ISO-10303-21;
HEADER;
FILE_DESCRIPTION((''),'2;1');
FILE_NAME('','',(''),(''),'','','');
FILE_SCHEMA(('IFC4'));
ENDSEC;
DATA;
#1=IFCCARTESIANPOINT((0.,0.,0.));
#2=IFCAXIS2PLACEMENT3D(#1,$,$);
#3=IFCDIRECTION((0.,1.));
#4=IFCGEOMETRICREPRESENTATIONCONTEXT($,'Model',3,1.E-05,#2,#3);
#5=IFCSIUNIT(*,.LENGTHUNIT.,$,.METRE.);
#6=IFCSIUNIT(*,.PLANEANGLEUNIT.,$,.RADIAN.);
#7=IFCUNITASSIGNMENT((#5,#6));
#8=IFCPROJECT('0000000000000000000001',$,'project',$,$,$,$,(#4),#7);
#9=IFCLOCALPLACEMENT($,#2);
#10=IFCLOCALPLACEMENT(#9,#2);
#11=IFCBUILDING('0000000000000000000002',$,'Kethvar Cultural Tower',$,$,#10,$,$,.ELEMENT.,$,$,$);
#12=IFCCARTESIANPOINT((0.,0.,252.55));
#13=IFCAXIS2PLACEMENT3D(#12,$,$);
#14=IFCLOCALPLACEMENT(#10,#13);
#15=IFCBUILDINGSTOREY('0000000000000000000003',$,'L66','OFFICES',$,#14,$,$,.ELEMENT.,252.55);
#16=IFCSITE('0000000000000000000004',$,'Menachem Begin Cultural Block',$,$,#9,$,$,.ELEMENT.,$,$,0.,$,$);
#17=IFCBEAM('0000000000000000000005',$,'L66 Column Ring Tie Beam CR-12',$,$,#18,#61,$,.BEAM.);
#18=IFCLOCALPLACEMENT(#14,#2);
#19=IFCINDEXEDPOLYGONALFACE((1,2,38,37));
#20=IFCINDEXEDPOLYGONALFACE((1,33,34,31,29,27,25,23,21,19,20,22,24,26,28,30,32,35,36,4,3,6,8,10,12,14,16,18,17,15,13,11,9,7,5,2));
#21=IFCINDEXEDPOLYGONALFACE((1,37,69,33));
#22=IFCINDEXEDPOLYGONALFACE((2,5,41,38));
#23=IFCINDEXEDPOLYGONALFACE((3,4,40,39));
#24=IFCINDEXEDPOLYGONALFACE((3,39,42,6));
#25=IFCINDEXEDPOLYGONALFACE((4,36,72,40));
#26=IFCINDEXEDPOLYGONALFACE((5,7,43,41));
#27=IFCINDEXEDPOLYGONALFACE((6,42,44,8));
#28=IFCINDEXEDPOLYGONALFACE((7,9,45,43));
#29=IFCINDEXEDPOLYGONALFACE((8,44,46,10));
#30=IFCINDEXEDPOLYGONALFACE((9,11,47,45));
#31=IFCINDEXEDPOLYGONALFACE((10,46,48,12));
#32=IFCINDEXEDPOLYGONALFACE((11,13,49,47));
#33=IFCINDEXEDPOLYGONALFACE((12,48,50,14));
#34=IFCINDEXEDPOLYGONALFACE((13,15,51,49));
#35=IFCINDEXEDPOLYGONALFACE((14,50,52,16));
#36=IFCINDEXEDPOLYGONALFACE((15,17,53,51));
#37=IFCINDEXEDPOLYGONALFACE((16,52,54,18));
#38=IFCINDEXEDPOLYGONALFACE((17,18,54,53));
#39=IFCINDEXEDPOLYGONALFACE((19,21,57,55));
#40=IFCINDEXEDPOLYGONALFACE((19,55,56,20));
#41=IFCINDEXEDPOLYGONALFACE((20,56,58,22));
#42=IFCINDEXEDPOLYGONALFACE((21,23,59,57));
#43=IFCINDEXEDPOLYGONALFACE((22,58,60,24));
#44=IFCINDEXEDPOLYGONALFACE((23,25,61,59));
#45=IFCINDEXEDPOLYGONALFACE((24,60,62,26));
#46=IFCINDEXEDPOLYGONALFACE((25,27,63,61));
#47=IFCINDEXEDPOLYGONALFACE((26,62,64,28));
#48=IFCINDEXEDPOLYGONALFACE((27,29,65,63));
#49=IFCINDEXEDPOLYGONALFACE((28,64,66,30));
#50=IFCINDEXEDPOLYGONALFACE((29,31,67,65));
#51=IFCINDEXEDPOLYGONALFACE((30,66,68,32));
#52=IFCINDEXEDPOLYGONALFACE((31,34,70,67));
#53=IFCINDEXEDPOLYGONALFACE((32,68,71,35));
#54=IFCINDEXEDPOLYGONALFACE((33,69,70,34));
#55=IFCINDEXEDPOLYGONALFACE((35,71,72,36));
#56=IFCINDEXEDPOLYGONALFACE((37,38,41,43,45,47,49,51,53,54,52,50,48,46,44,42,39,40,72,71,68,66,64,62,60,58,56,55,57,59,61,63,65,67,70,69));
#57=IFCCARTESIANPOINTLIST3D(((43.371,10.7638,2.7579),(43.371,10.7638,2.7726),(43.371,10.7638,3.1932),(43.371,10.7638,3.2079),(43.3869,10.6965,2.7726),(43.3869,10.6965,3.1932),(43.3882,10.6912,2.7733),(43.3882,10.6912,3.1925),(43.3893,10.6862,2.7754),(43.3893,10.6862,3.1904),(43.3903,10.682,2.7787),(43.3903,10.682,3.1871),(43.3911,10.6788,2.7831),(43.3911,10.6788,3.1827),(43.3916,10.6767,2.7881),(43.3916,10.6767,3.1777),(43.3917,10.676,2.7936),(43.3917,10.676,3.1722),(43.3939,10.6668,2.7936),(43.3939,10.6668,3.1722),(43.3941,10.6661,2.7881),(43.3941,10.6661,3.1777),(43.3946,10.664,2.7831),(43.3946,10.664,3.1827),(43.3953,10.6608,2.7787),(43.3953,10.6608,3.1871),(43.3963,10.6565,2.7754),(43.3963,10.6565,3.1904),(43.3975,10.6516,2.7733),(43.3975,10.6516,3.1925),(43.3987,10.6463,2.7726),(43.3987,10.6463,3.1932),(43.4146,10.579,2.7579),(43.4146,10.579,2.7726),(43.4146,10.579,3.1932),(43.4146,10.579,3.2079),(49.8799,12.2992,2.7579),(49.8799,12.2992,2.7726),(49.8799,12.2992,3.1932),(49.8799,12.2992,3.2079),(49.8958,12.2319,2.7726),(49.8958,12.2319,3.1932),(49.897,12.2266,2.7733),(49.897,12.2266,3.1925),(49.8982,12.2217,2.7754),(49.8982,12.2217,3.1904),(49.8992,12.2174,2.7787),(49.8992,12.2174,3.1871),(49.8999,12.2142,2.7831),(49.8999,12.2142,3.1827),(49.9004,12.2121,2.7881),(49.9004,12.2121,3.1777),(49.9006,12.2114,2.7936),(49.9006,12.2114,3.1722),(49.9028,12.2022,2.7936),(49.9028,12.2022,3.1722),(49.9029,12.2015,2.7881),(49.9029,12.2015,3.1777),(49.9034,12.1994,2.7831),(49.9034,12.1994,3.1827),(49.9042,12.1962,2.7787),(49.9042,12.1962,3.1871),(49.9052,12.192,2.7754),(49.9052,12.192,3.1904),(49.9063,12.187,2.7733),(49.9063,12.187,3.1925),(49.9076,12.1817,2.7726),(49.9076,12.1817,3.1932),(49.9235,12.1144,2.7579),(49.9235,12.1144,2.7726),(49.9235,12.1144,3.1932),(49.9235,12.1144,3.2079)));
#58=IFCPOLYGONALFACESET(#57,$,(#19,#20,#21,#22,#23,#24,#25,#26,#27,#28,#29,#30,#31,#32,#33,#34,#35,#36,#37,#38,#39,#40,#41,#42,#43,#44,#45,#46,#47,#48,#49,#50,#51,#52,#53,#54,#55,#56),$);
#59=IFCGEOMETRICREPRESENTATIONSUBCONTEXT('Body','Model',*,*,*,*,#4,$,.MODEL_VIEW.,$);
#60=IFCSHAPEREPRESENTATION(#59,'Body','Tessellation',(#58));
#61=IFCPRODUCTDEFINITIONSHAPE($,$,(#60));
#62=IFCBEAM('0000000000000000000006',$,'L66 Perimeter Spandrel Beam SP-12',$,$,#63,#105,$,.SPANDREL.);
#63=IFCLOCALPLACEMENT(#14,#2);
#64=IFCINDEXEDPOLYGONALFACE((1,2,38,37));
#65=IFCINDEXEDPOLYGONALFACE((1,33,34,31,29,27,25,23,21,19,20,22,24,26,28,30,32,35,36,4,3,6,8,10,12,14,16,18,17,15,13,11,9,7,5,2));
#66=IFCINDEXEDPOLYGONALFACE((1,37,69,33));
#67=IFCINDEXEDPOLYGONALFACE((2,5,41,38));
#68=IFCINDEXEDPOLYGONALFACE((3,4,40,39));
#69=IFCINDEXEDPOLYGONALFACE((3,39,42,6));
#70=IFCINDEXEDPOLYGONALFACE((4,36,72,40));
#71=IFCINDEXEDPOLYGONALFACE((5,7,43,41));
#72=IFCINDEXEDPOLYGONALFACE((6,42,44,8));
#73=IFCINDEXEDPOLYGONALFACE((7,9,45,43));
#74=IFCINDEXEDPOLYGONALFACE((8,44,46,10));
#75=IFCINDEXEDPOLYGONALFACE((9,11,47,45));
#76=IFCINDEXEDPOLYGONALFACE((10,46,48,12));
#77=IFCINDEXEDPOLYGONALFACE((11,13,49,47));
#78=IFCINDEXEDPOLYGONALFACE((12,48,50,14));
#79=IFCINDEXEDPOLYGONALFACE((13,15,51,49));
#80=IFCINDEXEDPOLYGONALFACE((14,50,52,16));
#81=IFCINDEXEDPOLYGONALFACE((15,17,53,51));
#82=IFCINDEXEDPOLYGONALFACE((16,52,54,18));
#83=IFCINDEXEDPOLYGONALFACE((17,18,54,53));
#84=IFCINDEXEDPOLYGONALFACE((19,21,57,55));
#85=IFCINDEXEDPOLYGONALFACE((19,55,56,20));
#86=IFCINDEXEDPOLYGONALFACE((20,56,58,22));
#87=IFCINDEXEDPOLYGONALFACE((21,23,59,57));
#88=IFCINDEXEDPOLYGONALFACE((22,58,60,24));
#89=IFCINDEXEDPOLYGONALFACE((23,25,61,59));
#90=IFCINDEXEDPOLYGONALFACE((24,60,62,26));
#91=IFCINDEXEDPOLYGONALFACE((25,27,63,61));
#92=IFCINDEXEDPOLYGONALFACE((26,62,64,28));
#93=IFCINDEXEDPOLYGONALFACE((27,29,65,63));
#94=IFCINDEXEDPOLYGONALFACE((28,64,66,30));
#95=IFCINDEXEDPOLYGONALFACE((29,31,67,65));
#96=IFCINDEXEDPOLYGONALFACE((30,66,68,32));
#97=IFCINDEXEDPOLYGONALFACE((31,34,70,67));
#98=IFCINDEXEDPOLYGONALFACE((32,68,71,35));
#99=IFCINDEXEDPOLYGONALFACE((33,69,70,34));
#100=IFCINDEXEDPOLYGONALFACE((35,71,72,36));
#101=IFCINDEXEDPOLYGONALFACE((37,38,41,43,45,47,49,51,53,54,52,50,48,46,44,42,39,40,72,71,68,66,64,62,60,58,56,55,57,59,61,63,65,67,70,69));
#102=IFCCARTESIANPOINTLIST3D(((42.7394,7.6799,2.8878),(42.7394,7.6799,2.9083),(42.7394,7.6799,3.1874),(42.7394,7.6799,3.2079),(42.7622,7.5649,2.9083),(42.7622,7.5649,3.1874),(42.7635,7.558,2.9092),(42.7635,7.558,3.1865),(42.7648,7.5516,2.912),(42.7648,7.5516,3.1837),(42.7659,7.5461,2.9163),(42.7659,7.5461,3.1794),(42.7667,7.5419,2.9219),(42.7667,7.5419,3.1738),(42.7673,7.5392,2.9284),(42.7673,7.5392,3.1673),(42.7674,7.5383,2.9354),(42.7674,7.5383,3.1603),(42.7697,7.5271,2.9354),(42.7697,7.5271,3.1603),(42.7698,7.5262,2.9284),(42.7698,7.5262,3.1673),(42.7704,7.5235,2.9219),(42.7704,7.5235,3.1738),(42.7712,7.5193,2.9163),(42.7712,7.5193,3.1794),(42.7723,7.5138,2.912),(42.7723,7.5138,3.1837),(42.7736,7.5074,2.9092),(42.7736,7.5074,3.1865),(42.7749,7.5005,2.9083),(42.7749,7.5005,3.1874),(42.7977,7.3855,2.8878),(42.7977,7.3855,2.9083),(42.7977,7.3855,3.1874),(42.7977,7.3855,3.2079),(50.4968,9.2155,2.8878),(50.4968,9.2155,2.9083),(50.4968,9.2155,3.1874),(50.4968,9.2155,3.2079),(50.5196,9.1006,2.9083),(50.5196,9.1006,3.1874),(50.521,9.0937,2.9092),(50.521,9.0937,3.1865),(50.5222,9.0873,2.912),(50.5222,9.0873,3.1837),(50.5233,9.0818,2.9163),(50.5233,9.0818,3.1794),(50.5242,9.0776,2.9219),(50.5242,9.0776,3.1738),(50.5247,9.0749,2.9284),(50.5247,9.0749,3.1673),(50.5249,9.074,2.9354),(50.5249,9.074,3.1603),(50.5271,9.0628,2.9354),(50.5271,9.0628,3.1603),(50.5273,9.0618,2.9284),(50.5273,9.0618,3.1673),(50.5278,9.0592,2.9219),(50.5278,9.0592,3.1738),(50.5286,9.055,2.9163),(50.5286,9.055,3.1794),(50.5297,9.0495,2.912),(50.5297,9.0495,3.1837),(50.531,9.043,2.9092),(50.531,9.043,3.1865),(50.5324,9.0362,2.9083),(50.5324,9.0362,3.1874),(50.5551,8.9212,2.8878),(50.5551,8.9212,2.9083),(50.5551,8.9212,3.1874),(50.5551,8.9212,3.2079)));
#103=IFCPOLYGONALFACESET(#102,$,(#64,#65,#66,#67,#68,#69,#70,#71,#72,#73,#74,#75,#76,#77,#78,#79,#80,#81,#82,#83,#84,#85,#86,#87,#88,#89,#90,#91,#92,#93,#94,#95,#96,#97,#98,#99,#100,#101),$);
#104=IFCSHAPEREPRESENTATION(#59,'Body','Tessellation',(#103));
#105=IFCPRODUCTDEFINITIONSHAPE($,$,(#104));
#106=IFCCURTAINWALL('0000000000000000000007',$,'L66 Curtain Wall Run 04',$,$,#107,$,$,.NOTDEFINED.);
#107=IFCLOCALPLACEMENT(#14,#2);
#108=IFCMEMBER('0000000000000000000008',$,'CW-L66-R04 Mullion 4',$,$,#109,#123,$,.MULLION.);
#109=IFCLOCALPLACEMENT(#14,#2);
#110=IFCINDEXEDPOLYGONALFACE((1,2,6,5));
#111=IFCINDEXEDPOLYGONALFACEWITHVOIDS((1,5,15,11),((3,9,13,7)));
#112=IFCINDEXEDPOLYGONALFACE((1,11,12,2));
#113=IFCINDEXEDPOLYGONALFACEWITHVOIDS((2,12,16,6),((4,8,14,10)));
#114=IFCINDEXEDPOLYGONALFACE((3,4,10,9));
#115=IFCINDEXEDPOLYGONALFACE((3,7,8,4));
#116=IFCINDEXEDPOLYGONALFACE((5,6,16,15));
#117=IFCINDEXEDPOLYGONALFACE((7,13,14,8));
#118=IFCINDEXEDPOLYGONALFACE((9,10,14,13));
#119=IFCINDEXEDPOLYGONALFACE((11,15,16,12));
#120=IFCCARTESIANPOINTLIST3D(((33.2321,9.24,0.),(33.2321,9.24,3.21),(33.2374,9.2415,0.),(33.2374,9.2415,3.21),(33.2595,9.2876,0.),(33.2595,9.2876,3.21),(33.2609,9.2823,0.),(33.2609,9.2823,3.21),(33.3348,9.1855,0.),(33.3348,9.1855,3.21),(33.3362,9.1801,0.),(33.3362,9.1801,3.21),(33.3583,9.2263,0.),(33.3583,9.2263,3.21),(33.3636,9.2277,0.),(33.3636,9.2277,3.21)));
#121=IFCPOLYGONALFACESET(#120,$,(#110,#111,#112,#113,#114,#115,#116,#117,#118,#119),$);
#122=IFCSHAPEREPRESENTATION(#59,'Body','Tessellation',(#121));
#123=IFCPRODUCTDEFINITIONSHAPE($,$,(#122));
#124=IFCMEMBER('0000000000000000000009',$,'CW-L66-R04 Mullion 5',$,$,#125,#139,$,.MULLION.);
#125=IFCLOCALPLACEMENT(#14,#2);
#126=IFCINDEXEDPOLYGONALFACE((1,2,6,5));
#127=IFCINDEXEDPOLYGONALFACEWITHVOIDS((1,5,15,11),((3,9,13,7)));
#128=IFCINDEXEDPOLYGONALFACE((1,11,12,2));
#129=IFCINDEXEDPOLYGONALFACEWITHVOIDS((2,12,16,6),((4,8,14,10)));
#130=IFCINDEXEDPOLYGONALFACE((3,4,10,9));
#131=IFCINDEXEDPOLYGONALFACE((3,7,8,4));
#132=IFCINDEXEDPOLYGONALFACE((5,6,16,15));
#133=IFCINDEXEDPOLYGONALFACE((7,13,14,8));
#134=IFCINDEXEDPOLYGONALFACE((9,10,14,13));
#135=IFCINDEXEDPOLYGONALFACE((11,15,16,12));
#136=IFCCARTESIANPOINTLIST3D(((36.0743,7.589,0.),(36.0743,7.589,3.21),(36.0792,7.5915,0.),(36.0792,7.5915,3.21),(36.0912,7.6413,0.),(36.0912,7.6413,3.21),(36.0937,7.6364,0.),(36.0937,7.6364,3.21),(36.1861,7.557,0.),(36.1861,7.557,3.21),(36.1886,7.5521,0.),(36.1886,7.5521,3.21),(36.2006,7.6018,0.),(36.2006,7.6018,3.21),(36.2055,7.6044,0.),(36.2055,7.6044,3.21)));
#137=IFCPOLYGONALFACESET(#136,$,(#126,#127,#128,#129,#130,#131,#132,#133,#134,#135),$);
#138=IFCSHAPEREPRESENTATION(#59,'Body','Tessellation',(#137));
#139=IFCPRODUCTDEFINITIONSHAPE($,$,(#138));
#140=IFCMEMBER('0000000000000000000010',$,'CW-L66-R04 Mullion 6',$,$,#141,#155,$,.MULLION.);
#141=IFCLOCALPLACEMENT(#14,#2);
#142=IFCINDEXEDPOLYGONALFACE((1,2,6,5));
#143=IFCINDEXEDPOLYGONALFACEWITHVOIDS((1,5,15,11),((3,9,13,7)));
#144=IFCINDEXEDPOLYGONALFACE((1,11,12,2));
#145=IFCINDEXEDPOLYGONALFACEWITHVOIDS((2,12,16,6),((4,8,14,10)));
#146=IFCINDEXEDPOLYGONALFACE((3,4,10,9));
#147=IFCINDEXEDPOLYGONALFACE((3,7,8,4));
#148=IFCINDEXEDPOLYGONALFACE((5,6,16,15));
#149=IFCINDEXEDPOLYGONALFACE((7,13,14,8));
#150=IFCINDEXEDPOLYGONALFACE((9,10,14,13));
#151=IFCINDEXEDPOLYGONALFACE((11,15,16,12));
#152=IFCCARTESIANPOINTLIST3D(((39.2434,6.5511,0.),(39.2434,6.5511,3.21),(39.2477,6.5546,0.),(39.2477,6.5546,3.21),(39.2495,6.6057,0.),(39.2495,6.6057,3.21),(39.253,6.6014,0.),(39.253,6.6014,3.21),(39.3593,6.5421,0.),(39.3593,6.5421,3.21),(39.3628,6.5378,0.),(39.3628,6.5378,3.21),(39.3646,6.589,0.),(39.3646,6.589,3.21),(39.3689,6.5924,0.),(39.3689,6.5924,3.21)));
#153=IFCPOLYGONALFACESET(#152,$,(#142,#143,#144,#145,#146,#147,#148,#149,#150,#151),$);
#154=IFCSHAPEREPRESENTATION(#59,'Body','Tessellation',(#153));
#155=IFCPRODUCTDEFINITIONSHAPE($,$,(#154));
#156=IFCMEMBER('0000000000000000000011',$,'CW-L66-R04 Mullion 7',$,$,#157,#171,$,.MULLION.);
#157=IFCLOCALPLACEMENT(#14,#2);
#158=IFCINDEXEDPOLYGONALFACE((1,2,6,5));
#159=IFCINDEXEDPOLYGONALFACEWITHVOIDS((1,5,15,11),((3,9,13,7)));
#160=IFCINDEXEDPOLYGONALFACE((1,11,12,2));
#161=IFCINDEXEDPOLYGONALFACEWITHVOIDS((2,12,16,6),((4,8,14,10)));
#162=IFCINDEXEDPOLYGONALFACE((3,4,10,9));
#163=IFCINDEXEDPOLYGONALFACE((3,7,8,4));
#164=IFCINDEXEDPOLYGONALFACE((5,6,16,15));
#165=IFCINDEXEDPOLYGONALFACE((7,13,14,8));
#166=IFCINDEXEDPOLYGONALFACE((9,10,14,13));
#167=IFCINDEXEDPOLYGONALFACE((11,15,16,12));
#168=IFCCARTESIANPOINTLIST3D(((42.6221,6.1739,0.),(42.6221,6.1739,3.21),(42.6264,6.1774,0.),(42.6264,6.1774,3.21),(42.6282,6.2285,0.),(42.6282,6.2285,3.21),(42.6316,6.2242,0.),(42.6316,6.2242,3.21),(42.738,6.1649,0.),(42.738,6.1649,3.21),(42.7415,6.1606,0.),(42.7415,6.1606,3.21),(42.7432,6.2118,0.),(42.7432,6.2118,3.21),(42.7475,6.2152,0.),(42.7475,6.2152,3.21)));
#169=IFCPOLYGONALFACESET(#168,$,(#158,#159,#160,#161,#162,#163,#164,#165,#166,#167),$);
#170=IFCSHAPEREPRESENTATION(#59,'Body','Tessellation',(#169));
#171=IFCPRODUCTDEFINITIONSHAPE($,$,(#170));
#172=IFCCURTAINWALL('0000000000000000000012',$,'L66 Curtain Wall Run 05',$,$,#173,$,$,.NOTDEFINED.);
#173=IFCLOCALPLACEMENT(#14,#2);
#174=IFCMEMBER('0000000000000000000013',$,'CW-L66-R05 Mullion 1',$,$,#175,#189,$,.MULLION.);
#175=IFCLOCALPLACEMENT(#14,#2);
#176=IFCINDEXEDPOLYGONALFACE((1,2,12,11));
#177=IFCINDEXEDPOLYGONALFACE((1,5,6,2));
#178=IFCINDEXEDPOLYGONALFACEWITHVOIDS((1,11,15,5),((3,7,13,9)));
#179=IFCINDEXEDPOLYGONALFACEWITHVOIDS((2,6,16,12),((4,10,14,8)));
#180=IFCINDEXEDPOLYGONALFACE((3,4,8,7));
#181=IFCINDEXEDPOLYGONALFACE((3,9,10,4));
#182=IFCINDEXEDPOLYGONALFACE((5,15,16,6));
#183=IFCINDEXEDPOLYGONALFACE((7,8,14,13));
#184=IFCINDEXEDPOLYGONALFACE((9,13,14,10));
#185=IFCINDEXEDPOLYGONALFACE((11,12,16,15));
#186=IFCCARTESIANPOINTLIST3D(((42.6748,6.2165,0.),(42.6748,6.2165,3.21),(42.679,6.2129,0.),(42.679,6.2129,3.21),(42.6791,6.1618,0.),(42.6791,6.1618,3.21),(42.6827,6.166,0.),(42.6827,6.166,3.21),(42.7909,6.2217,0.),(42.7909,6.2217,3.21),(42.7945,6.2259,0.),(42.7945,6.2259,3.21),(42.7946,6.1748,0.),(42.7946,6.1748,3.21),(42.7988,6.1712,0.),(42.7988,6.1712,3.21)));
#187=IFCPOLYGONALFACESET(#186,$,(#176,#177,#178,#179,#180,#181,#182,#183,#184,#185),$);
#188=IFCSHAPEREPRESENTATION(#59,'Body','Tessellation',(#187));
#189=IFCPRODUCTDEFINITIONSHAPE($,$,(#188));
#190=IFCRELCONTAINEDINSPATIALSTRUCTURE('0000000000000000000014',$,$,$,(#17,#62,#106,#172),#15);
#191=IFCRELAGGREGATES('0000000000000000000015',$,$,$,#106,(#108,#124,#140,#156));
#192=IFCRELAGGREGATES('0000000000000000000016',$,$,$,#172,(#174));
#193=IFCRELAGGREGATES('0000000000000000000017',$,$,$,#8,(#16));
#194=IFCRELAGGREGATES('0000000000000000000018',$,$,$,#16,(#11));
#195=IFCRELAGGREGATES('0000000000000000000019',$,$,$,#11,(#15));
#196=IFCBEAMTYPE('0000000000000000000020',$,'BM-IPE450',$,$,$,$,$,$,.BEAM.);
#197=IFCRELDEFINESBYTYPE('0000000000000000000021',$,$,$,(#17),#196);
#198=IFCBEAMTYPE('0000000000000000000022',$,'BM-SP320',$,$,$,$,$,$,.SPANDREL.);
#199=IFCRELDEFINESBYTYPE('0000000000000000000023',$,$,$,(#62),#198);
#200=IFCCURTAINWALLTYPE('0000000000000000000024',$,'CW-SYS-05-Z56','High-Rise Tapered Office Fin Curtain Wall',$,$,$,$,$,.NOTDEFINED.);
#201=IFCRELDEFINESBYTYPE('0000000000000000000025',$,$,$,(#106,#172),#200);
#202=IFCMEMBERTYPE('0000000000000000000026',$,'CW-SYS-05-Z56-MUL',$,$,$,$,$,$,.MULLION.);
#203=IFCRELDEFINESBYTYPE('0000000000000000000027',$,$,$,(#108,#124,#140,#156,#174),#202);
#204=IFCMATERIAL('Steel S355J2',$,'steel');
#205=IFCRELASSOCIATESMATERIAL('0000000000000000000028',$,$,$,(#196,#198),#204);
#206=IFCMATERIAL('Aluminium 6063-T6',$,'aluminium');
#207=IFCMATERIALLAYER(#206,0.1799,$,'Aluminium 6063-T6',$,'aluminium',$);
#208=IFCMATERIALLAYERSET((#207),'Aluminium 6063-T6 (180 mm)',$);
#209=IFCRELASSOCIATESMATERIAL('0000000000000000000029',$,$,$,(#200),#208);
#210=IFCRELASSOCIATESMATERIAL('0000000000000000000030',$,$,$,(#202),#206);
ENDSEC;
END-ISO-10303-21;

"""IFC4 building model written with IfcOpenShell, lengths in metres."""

from ifc_helpers import new_model, si_unit, direction, frame, origin, origin_2d, place, context, subcontext, project, spatial, hollow_rectangle, i_section, extrude, source, transform, mapped, material, layer, layer_set, material_profile, profile_set, type_object, element, aggregate, save


model = new_model("IFC4")

# Units and contexts
model_context = context("Model", 3, precision=1e-05, world=origin(), true_north=direction((0.0, 1.0)))
body_context = subcontext(model_context, "Body", "Model", "MODEL_VIEW")
ifc_project = project(units=[si_unit("LENGTHUNIT", "METRE"), si_unit("PLANEANGLEUNIT", "RADIAN")], contexts=[model_context])

# Site, building, storey
site_placement = place(None, origin())
site = spatial("IfcSite", under=ifc_project, at=site_placement, Name="Menachem Begin Cultural Block", CompositionType="ELEMENT", RefElevation=0.0)
building_placement = place(site_placement, origin())
building = spatial("IfcBuilding", under=site, at=building_placement, Name="Kethvar Cultural Tower", CompositionType="ELEMENT")
storey_placement = place(building_placement, frame((0.0, 0.0, 252.55)))
storey = spatial("IfcBuildingStorey", under=building, at=storey_placement, Name="L66", Description="OFFICES", CompositionType="ELEMENT", Elevation=252.55)

# Beams
ifc_material_1 = material(Name="Steel S355J2", Category="steel")
ifc_material_profile_1 = material_profile(ifc_material_1, i_section(OverallWidth=0.1899, OverallDepth=0.45, WebThickness=0.0095, FlangeThickness=0.0146, FilletRadius=0.021, at=origin_2d()), Name="Steel S355J2 — IPE450")
ifc_profile_set_1 = profile_set([ifc_material_profile_1], Name="Steel S355J2 — IPE450")
beam_type_1 = type_object("IfcBeamType", Name="BM-IPE450", PredefinedType="BEAM", material=ifc_profile_set_1)
ifc_material_profile_2 = material_profile(ifc_material_1, i_section(OverallWidth=0.3, OverallDepth=0.3201, WebThickness=0.0115, FlangeThickness=0.0205, FilletRadius=0.0271, at=origin_2d()), Name="Steel S355J2 — HEB320")
ifc_profile_set_2 = profile_set([ifc_material_profile_2], Name="Steel S355J2 — HEB320")
beam_type_2 = type_object("IfcBeamType", Name="BM-SP320", PredefinedType="SPANDREL", material=ifc_profile_set_2)
shared_shape_1 = source(origin(), body_context, "Body", "SweptSolid", [
    extrude(i_section(OverallWidth=0.1899, OverallDepth=0.45, WebThickness=0.0095, FlangeThickness=0.0146, FilletRadius=0.021, at=origin_2d()), origin(), (0.0, 0.0, 1.0), 6.6875),
])
beam_1_placement = place(storey_placement, frame((43.3928, 10.6714, 2.9829), z_axis=(0.973286, 0.229595, 0.0), x_axis=(-0.229595, 0.973286, 0.0)))
element("IfcBeam", 1, at=beam_1_placement, inside=storey, type_object=beam_type_1, Name="L66 Column Ring Tie Beam CR-12", PredefinedType="BEAM", context=body_context, shape_type="MappedRepresentation", body=[
    mapped(shared_shape_1, transform((0.0, 0.0, 0.0), scale=1.0)),
])
shared_shape_2 = source(origin(), body_context, "Body", "SweptSolid", [
    extrude(i_section(OverallWidth=0.3, OverallDepth=0.3201, WebThickness=0.0115, FlangeThickness=0.0205, FilletRadius=0.0271, at=origin_2d()), origin(), (0.0, 0.0, 1.0), 7.908),
])
beam_2_placement = place(storey_placement, frame((42.7686, 7.5327, 3.0479), z_axis=(0.980964, 0.194192, 0.0), x_axis=(-0.194192, 0.980964, 0.0)))
element("IfcBeam", 2, at=beam_2_placement, inside=storey, type_object=beam_type_2, Name="L66 Perimeter Spandrel Beam SP-12", PredefinedType="SPANDREL", context=body_context, shape_type="MappedRepresentation", body=[
    mapped(shared_shape_2, transform((0.0, 0.0, 0.0), scale=1.0)),
])

# Curtain wall, members
ifc_material_2 = material(Name="Aluminium 6063-T6", Category="aluminium")
ifc_layer_1 = layer(ifc_material_2, 0.1799, Name="Aluminium 6063-T6", Category="aluminium")
ifc_layer_set_1 = layer_set([ifc_layer_1], Name="Aluminium 6063-T6 (180 mm)")
curtain_wall_type = type_object("IfcCurtainWallType", Name="CW-SYS-05-Z56", Description="High-Rise Tapered Office Fin Curtain Wall", PredefinedType="NOTDEFINED", material=ifc_layer_set_1)
curtain_wall_1_placement = place(storey_placement, origin())
curtain_wall_1 = element("IfcCurtainWall", 3, at=curtain_wall_1_placement, inside=storey, type_object=curtain_wall_type, Name="L66 Curtain Wall Run 04", PredefinedType="NOTDEFINED")
ifc_material_profile_3 = material_profile(ifc_material_2, hollow_rectangle(XDim=0.0549, YDim=0.1201, WallThickness=0.0039, at=origin_2d()), Name="Aluminium 6063-T6 — RHS120x55x4")
ifc_profile_set_3 = profile_set([ifc_material_profile_3], Name="Aluminium 6063-T6 — RHS120x55x4")
member_type_1 = type_object("IfcMemberType", Name="CW-SYS-05-Z56-MUL", PredefinedType="MULLION", material=ifc_profile_set_3)
shared_shape_3 = source(origin(), body_context, "Body", "SweptSolid", [
    extrude(hollow_rectangle(XDim=0.0549, YDim=0.1201, WallThickness=0.0039, at=origin_2d()), origin(), (0.0, 0.0, 1.0), 3.21),
])
member_1_placement = place(storey_placement, frame((33.2979, 9.2339, 0.0), z_axis=(0.0, 0.0, 1.0), x_axis=(0.498624, 0.866818, 0.0)))
member_1 = element("IfcMember", 4, at=member_1_placement, type_object=member_type_1, Name="CW-L66-R04 Mullion 4", PredefinedType="MULLION", context=body_context, shape_type="MappedRepresentation", body=[
    mapped(shared_shape_3, transform((0.0, 0.0, 0.0), scale=1.0)),
])
member_2_placement = place(storey_placement, frame((36.1399, 7.5967, 0.0), z_axis=(0.0, 0.0, 1.0), x_axis=(0.30734, 0.9516, 0.0)))
member_2 = element("IfcMember", 5, at=member_2_placement, type_object=member_type_1, Name="CW-L66-R04 Mullion 5", PredefinedType="MULLION", context=body_context, shape_type="MappedRepresentation", body=[
    mapped(shared_shape_3, transform((0.0, 0.0, 0.0), scale=1.0)),
])
member_3_placement = place(storey_placement, frame((39.3062, 6.5718, 0.0), z_axis=(0.0, 0.0, 1.0), x_axis=(0.110914, 0.99383, 0.0)))
member_3 = element("IfcMember", 6, at=member_3_placement, type_object=member_type_1, Name="CW-L66-R04 Mullion 6", PredefinedType="MULLION", context=body_context, shape_type="MappedRepresentation", body=[
    mapped(shared_shape_3, transform((0.0, 0.0, 0.0), scale=1.0)),
])
member_4_placement = place(storey_placement, frame((42.6848, 6.1946, 0.0), z_axis=(0.0, 0.0, 1.0), x_axis=(0.110914, 0.99383, 0.0)))
member_4 = element("IfcMember", 7, at=member_4_placement, type_object=member_type_1, Name="CW-L66-R04 Mullion 7", PredefinedType="MULLION", context=body_context, shape_type="MappedRepresentation", body=[
    mapped(shared_shape_3, transform((0.0, 0.0, 0.0), scale=1.0)),
])

# Curtain wall, member
curtain_wall_2_placement = place(storey_placement, origin())
curtain_wall_2 = element("IfcCurtainWall", 8, at=curtain_wall_2_placement, inside=storey, type_object=curtain_wall_type, Name="L66 Curtain Wall Run 05", PredefinedType="NOTDEFINED")
member_5_placement = place(storey_placement, frame((42.7368, 6.1938, 0.0), z_axis=(0.0, 0.0, 1.0), x_axis=(-0.078494, 0.996915, 0.0)))
member_5 = element("IfcMember", 9, at=member_5_placement, type_object=member_type_1, Name="CW-L66-R05 Mullion 1", PredefinedType="MULLION", context=body_context, shape_type="MappedRepresentation", body=[
    mapped(shared_shape_3, transform((0.0, 0.0, 0.0), scale=1.0)),
])

aggregate(curtain_wall_1, [member_1, member_2, member_3, member_4])
aggregate(curtain_wall_2, [member_5])

save(model, "model.ifc")
